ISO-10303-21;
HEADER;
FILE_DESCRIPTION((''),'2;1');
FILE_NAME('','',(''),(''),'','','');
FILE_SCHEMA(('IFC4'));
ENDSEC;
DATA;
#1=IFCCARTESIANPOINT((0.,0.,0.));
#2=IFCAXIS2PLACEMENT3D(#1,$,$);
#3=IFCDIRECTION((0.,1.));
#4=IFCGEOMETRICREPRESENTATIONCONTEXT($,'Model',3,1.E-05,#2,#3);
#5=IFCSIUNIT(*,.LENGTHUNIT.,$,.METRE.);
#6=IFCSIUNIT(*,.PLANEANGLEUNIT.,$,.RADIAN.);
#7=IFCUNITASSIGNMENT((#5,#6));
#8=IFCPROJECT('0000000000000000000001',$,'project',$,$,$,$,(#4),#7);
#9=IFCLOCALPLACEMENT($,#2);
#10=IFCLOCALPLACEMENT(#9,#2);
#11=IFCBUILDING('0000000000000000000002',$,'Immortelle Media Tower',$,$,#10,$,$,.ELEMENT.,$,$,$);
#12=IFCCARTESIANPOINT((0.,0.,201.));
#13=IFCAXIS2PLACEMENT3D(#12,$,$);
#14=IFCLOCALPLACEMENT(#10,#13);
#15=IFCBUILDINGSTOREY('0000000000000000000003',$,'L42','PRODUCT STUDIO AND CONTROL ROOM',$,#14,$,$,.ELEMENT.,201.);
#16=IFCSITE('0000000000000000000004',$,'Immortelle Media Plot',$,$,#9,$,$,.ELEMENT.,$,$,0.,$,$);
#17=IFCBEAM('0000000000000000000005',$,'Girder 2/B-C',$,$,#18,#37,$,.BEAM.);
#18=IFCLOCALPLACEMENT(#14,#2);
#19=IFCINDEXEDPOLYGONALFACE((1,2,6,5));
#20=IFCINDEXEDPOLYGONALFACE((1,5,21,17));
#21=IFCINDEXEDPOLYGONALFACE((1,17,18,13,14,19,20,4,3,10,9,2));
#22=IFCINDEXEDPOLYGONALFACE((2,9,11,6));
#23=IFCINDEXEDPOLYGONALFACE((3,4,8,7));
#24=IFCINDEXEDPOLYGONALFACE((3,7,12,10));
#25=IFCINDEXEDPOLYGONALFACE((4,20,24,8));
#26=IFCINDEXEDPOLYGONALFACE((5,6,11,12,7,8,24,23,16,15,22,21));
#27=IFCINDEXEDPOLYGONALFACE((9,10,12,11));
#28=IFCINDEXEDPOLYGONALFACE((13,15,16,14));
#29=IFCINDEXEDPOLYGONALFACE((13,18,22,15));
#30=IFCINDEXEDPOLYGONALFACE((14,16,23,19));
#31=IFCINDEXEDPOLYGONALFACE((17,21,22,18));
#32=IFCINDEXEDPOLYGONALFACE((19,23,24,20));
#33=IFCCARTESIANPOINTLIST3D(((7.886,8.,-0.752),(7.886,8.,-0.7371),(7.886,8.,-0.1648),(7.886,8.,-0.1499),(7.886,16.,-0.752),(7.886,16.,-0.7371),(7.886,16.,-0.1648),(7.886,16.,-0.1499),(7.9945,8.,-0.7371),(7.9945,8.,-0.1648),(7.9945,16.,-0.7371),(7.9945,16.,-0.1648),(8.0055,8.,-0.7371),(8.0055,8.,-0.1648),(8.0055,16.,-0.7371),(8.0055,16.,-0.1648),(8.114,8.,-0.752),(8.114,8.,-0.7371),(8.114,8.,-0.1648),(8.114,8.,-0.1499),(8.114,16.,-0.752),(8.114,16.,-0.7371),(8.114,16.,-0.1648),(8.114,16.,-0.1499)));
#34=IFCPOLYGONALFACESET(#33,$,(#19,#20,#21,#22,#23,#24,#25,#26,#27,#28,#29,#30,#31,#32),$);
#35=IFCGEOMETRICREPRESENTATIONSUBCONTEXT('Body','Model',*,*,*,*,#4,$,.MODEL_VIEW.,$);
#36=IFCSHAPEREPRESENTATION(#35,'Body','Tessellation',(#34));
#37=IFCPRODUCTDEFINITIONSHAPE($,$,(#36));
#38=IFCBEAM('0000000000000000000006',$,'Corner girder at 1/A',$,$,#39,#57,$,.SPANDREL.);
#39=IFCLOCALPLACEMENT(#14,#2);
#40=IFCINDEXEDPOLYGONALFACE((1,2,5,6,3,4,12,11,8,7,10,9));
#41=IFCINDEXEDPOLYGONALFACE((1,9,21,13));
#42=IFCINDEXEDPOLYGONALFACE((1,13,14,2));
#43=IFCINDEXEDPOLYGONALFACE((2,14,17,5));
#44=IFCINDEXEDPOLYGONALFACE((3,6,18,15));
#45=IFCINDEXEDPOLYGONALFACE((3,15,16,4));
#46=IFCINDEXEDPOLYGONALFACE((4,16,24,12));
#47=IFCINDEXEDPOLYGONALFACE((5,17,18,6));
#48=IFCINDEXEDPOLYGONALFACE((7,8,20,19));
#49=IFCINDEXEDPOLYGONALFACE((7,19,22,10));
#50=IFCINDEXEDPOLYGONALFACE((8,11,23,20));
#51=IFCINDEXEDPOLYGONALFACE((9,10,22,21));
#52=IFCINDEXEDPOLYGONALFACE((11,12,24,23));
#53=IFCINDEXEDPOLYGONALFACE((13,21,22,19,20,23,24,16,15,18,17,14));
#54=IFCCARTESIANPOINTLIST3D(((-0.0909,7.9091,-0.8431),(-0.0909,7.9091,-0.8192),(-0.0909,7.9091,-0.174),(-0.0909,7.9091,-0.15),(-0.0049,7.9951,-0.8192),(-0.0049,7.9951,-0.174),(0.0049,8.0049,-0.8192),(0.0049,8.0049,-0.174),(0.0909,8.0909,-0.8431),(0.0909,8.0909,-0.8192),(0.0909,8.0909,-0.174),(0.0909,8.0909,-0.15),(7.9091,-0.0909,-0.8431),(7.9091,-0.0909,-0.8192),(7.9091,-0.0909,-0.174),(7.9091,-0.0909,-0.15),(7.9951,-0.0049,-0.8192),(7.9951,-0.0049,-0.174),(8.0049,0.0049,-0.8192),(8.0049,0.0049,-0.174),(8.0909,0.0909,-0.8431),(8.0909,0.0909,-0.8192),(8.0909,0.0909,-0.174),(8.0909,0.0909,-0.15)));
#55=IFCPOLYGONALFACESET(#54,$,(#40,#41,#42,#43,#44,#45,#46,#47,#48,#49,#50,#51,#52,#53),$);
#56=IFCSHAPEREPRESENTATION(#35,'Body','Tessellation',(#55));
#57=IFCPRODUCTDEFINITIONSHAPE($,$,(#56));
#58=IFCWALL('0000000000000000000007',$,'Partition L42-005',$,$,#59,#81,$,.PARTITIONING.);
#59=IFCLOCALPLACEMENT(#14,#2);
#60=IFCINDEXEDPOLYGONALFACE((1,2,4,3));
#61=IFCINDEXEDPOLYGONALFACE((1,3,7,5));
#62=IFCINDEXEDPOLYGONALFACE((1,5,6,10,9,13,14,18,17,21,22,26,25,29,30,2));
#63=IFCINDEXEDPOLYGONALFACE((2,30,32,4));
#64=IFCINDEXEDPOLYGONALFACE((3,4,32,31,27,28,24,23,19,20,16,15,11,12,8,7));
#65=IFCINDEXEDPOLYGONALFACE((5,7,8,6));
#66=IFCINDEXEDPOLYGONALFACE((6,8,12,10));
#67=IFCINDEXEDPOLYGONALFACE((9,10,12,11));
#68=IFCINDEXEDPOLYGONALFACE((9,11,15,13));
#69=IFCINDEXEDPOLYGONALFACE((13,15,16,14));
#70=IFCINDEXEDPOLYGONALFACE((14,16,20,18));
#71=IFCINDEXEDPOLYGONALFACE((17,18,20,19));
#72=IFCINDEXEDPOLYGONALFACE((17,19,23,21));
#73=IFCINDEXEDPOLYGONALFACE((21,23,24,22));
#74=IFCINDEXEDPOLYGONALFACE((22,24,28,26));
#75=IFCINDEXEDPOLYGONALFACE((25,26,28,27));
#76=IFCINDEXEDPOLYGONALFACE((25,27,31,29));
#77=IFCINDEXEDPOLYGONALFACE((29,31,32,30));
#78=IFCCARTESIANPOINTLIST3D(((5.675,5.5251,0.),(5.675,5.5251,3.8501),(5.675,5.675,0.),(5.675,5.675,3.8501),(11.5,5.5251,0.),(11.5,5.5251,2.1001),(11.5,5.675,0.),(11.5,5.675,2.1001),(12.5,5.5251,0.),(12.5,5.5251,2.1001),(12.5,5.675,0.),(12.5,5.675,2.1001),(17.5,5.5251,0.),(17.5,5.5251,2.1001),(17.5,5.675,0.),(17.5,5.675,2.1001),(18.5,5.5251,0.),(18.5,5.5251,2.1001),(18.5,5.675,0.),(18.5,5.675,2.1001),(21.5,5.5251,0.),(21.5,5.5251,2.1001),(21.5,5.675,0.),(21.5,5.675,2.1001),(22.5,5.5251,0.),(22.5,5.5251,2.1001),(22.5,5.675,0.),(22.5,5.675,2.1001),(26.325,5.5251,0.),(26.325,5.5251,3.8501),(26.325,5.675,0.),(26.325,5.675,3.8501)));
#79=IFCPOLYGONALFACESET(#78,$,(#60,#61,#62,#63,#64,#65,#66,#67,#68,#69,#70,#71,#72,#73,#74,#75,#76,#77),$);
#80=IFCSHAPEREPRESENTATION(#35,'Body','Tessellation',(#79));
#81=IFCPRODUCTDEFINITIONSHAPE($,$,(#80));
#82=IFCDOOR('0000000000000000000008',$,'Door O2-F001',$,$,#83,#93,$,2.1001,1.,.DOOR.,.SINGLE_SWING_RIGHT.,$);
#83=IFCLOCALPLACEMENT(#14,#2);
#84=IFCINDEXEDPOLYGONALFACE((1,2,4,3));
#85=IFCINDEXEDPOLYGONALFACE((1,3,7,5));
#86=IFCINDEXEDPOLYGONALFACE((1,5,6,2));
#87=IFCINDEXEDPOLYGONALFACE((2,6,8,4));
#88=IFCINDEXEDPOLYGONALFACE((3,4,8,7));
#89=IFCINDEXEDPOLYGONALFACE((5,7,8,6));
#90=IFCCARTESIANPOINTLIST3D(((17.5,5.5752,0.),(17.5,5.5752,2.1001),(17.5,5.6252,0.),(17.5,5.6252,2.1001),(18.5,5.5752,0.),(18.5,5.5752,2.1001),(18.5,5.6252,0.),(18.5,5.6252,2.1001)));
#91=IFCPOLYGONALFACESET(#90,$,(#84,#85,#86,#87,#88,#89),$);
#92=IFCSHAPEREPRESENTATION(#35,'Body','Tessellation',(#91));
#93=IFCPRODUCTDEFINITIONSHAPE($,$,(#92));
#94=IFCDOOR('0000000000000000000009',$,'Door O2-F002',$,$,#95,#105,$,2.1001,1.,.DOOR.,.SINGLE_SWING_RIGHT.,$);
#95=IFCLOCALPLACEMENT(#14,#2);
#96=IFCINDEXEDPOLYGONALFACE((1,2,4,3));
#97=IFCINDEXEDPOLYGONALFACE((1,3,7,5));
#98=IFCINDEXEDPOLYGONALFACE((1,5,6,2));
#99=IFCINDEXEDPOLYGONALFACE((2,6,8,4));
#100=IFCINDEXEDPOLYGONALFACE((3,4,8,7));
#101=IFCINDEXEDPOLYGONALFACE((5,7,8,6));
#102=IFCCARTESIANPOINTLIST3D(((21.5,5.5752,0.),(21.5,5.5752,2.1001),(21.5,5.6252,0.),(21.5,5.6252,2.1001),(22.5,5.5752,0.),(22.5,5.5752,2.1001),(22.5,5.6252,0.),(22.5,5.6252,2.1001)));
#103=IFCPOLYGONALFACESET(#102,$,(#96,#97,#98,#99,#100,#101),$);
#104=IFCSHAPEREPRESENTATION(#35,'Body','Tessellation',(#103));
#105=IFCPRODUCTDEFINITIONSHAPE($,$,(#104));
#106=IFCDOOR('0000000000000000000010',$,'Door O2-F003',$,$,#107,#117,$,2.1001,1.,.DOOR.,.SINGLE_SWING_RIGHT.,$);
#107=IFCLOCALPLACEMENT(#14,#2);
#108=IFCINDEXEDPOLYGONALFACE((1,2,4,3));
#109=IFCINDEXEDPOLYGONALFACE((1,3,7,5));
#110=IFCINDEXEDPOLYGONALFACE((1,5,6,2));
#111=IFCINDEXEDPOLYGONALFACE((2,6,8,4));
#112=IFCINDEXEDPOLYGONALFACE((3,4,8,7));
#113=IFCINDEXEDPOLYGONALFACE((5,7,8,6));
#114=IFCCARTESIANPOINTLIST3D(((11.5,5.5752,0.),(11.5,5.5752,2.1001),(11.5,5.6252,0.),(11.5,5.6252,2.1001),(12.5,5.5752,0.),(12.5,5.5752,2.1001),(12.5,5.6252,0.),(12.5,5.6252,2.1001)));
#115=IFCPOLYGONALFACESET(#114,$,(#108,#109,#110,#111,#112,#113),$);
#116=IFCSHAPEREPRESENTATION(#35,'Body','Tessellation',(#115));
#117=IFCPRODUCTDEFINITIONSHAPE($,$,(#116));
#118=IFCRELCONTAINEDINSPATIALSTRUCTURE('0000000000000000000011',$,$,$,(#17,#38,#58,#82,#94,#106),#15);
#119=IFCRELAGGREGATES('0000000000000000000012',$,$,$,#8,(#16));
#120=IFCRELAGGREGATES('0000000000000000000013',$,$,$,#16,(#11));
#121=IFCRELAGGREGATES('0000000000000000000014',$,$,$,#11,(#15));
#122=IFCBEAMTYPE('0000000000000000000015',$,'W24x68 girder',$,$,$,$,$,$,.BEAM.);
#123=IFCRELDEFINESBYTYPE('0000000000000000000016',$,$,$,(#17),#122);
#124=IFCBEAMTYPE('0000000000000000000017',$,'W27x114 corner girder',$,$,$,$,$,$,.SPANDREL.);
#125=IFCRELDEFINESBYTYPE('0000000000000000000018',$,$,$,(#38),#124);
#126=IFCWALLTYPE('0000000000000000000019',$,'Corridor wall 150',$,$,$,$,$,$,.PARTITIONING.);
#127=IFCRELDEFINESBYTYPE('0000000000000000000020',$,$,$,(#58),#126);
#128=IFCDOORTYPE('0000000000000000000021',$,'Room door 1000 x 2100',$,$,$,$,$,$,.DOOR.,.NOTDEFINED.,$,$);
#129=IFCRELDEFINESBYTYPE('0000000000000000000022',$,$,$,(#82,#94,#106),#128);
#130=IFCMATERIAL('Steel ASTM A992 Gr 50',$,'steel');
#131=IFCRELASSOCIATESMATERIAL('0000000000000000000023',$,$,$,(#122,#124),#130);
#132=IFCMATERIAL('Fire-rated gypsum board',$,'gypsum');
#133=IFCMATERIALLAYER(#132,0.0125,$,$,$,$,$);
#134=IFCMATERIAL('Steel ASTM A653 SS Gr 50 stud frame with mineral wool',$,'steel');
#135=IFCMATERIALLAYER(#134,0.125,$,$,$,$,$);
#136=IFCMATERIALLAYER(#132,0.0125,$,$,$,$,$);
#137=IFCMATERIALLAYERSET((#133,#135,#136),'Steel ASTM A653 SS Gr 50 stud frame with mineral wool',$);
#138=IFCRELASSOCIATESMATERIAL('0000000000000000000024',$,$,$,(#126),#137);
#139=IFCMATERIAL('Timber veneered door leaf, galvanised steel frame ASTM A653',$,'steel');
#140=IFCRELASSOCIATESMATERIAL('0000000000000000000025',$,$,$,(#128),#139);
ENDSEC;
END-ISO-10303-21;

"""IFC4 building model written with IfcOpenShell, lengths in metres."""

from ifc_helpers import new_model, si_unit, direction, frame, frame_2d, origin, origin_2d, place, context, subcontext, project, spatial, rectangle, i_section, extrude, material, layer, layer_set, material_profile, profile_set, type_object, element, fill, save


model = new_model("IFC4")

# Units and contexts
model_context = context("Model", 3, precision=1e-05, world=origin(), true_north=direction((0.0, 1.0)))
body_context = subcontext(model_context, "Body", "Model", "MODEL_VIEW")
ifc_project = project(units=[si_unit("LENGTHUNIT", "METRE"), si_unit("PLANEANGLEUNIT", "RADIAN")], contexts=[model_context])

# Site, building, storey
site_placement = place(None, origin())
site = spatial("IfcSite", under=ifc_project, at=site_placement, Name="Immortelle Media Plot", CompositionType="ELEMENT", RefElevation=0.0)
building_placement = place(site_placement, origin())
building = spatial("IfcBuilding", under=site, at=building_placement, Name="Immortelle Media Tower", CompositionType="ELEMENT")
storey_placement = place(building_placement, frame((0.0, 0.0, 201.0)))
storey = spatial("IfcBuildingStorey", under=building, at=storey_placement, Name="L42", Description="PRODUCT STUDIO AND CONTROL ROOM", CompositionType="ELEMENT", Elevation=201.0)

# Shared definitions
ifc_material_1 = material(Name="Steel ASTM A992 Gr 50", Category="steel")

# Beams
ifc_material_profile_1 = material_profile(ifc_material_1, i_section(OverallWidth=0.228, OverallDepth=0.6021, WebThickness=0.011, FlangeThickness=0.0149, at=origin_2d()), Name="W24x68")
ifc_profile_set_1 = profile_set([ifc_material_profile_1], Name="Steel ASTM A992 Gr 50")
beam_type_1 = type_object("IfcBeamType", Name="W24x68 girder", PredefinedType="BEAM", material=ifc_profile_set_1)
for number, where, z_axis, x_axis, name in (
    (1, (8.0, 8.0, -0.4509), (0.0, 1.0, 0.0), (-1.0, 0.0, 0.0), "Girder 2/B-C"),
):
    element("IfcBeam", number, at=place(storey_placement, frame(where, z_axis=z_axis, x_axis=x_axis)), inside=storey, type_object=beam_type_1, Name=name, PredefinedType="BEAM", context=body_context, shape_type="SweptSolid", body=[
        extrude(i_section(OverallWidth=0.228, OverallDepth=0.6021, WebThickness=0.011, FlangeThickness=0.0149, at=origin_2d()), origin(), (0.0, 0.0, 1.0), 8.0),
    ])
ifc_material_profile_2 = material_profile(ifc_material_1, i_section(OverallWidth=0.2571, OverallDepth=0.6931, WebThickness=0.0139, FlangeThickness=0.0239, at=origin_2d()), Name="W27x114")
ifc_profile_set_2 = profile_set([ifc_material_profile_2], Name="Steel ASTM A992 Gr 50")
beam_type_2 = type_object("IfcBeamType", Name="W27x114 corner girder", PredefinedType="SPANDREL", material=ifc_profile_set_2)
beam_1_placement = place(storey_placement, frame((8.0, 0.0, -0.4966), z_axis=(-0.707107, 0.707107, 0.0), x_axis=(-0.707107, -0.707107, 0.0)))
element("IfcBeam", 2, at=beam_1_placement, inside=storey, type_object=beam_type_2, Name="Corner girder at 1/A", PredefinedType="SPANDREL", context=body_context, shape_type="SweptSolid", body=[
    extrude(i_section(OverallWidth=0.2571, OverallDepth=0.6931, WebThickness=0.0139, FlangeThickness=0.0239, at=origin_2d()), origin(), (0.0, 0.0, 1.0), 11.3137),
])

# Wall, openings, doors
ifc_material_2 = material(Name="Fire-rated gypsum board", Category="gypsum")
ifc_layer_1 = layer(ifc_material_2, 0.0125)
ifc_material_3 = material(Name="Steel ASTM A653 SS Gr 50 stud frame with mineral wool", Category="steel")
ifc_layer_2 = layer(ifc_material_3, 0.125)
ifc_layer_3 = layer(ifc_material_2, 0.0125)
ifc_layer_set_1 = layer_set([ifc_layer_1, ifc_layer_2, ifc_layer_3], Name="Steel ASTM A653 SS Gr 50 stud frame with mineral wool")
wall_type_1 = type_object("IfcWallType", Name="Corridor wall 150", PredefinedType="PARTITIONING", material=ifc_layer_set_1)
wall_1_placement = place(storey_placement, frame((5.675, 5.6001, 0.0), z_axis=(0.0, 0.0, 1.0), x_axis=(1.0, 0.0, 0.0)))
wall_1 = element("IfcWall", 3, at=wall_1_placement, inside=storey, type_object=wall_type_1, Name="Partition L42-005", PredefinedType="PARTITIONING", context=body_context, shape_type="SweptSolid", body=[
    extrude(rectangle(XDim=20.6499, YDim=0.1499, at=frame_2d((10.325, 0.0))), origin(), (0.0, 0.0, 1.0), 3.8501),
])
opening_1_placement = place(wall_1_placement, frame((12.825, 0.0, 0.0), z_axis=(0.0, 0.0, 1.0), x_axis=(-1.0, 0.0, 0.0)))
opening_1 = element("IfcOpeningElement", 4, at=opening_1_placement, cuts=wall_1, PredefinedType="OPENING", context=body_context, shape_type="SweptSolid", body=[
    extrude(rectangle(XDim=1.0, YDim=2.1001, at=frame_2d((0.5, 1.05))), frame((0.0, 0.085, 0.0), z_axis=(0.0, -1.0, 0.0), x_axis=(1.0, 0.0, 0.0)), (0.0, 0.0, 1.0), 0.1699),
])
opening_2_placement = place(wall_1_placement, frame((16.825, 0.0, 0.0), z_axis=(0.0, 0.0, 1.0), x_axis=(-1.0, 0.0, 0.0)))
opening_2 = element("IfcOpeningElement", 5, at=opening_2_placement, cuts=wall_1, PredefinedType="OPENING", context=body_context, shape_type="SweptSolid", body=[
    extrude(rectangle(XDim=1.0, YDim=2.1001, at=frame_2d((0.5, 1.05))), frame((0.0, 0.085, 0.0), z_axis=(0.0, -1.0, 0.0), x_axis=(1.0, 0.0, 0.0)), (0.0, 0.0, 1.0), 0.1699),
])
opening_3_placement = place(wall_1_placement, frame((6.825, 0.0, 0.0), z_axis=(0.0, 0.0, 1.0), x_axis=(-1.0, 0.0, 0.0)))
opening_3 = element("IfcOpeningElement", 6, at=opening_3_placement, cuts=wall_1, PredefinedType="OPENING", context=body_context, shape_type="SweptSolid", body=[
    extrude(rectangle(XDim=1.0, YDim=2.1001, at=frame_2d((0.5, 1.05))), frame((0.0, 0.085, 0.0), z_axis=(0.0, -1.0, 0.0), x_axis=(1.0, 0.0, 0.0)), (0.0, 0.0, 1.0), 0.1699),
])
ifc_material_4 = material(Name="Timber veneered door leaf, galvanised steel frame ASTM A653", Category="steel")
door_type = type_object("IfcDoorType", Name="Room door 1000 x 2100", OperationType="NOTDEFINED", PredefinedType="DOOR", material=ifc_material_4)
door_1_placement = place(opening_1_placement, origin())
door_1 = element("IfcDoor", 7, at=door_1_placement, inside=storey, type_object=door_type, Name="Door O2-F001", OperationType="SINGLE_SWING_RIGHT", OverallHeight=2.1001, OverallWidth=1.0, PredefinedType="DOOR", context=body_context, shape_type="SweptSolid", body=[
    extrude(rectangle(XDim=1.0, YDim=2.1001, at=frame_2d((0.5, 1.05))), frame((0.0, 0.0249, 0.0), z_axis=(0.0, -1.0, 0.0), x_axis=(1.0, 0.0, 0.0)), (0.0, 0.0, 1.0), 0.05),
])
fill(opening_1, door_1)
door_2_placement = place(opening_2_placement, origin())
door_2 = element("IfcDoor", 8, at=door_2_placement, inside=storey, type_object=door_type, Name="Door O2-F002", OperationType="SINGLE_SWING_RIGHT", OverallHeight=2.1001, OverallWidth=1.0, PredefinedType="DOOR", context=body_context, shape_type="SweptSolid", body=[
    extrude(rectangle(XDim=1.0, YDim=2.1001, at=frame_2d((0.5, 1.05))), frame((0.0, 0.0249, 0.0), z_axis=(0.0, -1.0, 0.0), x_axis=(1.0, 0.0, 0.0)), (0.0, 0.0, 1.0), 0.05),
])
fill(opening_2, door_2)
door_3_placement = place(opening_3_placement, origin())
door_3 = element("IfcDoor", 9, at=door_3_placement, inside=storey, type_object=door_type, Name="Door O2-F003", OperationType="SINGLE_SWING_RIGHT", OverallHeight=2.1001, OverallWidth=1.0, PredefinedType="DOOR", context=body_context, shape_type="SweptSolid", body=[
    extrude(rectangle(XDim=1.0, YDim=2.1001, at=frame_2d((0.5, 1.05))), frame((0.0, 0.0249, 0.0), z_axis=(0.0, -1.0, 0.0), x_axis=(1.0, 0.0, 0.0)), (0.0, 0.0, 1.0), 0.05),
])
fill(opening_3, door_3)

save(model, "model.ifc")
